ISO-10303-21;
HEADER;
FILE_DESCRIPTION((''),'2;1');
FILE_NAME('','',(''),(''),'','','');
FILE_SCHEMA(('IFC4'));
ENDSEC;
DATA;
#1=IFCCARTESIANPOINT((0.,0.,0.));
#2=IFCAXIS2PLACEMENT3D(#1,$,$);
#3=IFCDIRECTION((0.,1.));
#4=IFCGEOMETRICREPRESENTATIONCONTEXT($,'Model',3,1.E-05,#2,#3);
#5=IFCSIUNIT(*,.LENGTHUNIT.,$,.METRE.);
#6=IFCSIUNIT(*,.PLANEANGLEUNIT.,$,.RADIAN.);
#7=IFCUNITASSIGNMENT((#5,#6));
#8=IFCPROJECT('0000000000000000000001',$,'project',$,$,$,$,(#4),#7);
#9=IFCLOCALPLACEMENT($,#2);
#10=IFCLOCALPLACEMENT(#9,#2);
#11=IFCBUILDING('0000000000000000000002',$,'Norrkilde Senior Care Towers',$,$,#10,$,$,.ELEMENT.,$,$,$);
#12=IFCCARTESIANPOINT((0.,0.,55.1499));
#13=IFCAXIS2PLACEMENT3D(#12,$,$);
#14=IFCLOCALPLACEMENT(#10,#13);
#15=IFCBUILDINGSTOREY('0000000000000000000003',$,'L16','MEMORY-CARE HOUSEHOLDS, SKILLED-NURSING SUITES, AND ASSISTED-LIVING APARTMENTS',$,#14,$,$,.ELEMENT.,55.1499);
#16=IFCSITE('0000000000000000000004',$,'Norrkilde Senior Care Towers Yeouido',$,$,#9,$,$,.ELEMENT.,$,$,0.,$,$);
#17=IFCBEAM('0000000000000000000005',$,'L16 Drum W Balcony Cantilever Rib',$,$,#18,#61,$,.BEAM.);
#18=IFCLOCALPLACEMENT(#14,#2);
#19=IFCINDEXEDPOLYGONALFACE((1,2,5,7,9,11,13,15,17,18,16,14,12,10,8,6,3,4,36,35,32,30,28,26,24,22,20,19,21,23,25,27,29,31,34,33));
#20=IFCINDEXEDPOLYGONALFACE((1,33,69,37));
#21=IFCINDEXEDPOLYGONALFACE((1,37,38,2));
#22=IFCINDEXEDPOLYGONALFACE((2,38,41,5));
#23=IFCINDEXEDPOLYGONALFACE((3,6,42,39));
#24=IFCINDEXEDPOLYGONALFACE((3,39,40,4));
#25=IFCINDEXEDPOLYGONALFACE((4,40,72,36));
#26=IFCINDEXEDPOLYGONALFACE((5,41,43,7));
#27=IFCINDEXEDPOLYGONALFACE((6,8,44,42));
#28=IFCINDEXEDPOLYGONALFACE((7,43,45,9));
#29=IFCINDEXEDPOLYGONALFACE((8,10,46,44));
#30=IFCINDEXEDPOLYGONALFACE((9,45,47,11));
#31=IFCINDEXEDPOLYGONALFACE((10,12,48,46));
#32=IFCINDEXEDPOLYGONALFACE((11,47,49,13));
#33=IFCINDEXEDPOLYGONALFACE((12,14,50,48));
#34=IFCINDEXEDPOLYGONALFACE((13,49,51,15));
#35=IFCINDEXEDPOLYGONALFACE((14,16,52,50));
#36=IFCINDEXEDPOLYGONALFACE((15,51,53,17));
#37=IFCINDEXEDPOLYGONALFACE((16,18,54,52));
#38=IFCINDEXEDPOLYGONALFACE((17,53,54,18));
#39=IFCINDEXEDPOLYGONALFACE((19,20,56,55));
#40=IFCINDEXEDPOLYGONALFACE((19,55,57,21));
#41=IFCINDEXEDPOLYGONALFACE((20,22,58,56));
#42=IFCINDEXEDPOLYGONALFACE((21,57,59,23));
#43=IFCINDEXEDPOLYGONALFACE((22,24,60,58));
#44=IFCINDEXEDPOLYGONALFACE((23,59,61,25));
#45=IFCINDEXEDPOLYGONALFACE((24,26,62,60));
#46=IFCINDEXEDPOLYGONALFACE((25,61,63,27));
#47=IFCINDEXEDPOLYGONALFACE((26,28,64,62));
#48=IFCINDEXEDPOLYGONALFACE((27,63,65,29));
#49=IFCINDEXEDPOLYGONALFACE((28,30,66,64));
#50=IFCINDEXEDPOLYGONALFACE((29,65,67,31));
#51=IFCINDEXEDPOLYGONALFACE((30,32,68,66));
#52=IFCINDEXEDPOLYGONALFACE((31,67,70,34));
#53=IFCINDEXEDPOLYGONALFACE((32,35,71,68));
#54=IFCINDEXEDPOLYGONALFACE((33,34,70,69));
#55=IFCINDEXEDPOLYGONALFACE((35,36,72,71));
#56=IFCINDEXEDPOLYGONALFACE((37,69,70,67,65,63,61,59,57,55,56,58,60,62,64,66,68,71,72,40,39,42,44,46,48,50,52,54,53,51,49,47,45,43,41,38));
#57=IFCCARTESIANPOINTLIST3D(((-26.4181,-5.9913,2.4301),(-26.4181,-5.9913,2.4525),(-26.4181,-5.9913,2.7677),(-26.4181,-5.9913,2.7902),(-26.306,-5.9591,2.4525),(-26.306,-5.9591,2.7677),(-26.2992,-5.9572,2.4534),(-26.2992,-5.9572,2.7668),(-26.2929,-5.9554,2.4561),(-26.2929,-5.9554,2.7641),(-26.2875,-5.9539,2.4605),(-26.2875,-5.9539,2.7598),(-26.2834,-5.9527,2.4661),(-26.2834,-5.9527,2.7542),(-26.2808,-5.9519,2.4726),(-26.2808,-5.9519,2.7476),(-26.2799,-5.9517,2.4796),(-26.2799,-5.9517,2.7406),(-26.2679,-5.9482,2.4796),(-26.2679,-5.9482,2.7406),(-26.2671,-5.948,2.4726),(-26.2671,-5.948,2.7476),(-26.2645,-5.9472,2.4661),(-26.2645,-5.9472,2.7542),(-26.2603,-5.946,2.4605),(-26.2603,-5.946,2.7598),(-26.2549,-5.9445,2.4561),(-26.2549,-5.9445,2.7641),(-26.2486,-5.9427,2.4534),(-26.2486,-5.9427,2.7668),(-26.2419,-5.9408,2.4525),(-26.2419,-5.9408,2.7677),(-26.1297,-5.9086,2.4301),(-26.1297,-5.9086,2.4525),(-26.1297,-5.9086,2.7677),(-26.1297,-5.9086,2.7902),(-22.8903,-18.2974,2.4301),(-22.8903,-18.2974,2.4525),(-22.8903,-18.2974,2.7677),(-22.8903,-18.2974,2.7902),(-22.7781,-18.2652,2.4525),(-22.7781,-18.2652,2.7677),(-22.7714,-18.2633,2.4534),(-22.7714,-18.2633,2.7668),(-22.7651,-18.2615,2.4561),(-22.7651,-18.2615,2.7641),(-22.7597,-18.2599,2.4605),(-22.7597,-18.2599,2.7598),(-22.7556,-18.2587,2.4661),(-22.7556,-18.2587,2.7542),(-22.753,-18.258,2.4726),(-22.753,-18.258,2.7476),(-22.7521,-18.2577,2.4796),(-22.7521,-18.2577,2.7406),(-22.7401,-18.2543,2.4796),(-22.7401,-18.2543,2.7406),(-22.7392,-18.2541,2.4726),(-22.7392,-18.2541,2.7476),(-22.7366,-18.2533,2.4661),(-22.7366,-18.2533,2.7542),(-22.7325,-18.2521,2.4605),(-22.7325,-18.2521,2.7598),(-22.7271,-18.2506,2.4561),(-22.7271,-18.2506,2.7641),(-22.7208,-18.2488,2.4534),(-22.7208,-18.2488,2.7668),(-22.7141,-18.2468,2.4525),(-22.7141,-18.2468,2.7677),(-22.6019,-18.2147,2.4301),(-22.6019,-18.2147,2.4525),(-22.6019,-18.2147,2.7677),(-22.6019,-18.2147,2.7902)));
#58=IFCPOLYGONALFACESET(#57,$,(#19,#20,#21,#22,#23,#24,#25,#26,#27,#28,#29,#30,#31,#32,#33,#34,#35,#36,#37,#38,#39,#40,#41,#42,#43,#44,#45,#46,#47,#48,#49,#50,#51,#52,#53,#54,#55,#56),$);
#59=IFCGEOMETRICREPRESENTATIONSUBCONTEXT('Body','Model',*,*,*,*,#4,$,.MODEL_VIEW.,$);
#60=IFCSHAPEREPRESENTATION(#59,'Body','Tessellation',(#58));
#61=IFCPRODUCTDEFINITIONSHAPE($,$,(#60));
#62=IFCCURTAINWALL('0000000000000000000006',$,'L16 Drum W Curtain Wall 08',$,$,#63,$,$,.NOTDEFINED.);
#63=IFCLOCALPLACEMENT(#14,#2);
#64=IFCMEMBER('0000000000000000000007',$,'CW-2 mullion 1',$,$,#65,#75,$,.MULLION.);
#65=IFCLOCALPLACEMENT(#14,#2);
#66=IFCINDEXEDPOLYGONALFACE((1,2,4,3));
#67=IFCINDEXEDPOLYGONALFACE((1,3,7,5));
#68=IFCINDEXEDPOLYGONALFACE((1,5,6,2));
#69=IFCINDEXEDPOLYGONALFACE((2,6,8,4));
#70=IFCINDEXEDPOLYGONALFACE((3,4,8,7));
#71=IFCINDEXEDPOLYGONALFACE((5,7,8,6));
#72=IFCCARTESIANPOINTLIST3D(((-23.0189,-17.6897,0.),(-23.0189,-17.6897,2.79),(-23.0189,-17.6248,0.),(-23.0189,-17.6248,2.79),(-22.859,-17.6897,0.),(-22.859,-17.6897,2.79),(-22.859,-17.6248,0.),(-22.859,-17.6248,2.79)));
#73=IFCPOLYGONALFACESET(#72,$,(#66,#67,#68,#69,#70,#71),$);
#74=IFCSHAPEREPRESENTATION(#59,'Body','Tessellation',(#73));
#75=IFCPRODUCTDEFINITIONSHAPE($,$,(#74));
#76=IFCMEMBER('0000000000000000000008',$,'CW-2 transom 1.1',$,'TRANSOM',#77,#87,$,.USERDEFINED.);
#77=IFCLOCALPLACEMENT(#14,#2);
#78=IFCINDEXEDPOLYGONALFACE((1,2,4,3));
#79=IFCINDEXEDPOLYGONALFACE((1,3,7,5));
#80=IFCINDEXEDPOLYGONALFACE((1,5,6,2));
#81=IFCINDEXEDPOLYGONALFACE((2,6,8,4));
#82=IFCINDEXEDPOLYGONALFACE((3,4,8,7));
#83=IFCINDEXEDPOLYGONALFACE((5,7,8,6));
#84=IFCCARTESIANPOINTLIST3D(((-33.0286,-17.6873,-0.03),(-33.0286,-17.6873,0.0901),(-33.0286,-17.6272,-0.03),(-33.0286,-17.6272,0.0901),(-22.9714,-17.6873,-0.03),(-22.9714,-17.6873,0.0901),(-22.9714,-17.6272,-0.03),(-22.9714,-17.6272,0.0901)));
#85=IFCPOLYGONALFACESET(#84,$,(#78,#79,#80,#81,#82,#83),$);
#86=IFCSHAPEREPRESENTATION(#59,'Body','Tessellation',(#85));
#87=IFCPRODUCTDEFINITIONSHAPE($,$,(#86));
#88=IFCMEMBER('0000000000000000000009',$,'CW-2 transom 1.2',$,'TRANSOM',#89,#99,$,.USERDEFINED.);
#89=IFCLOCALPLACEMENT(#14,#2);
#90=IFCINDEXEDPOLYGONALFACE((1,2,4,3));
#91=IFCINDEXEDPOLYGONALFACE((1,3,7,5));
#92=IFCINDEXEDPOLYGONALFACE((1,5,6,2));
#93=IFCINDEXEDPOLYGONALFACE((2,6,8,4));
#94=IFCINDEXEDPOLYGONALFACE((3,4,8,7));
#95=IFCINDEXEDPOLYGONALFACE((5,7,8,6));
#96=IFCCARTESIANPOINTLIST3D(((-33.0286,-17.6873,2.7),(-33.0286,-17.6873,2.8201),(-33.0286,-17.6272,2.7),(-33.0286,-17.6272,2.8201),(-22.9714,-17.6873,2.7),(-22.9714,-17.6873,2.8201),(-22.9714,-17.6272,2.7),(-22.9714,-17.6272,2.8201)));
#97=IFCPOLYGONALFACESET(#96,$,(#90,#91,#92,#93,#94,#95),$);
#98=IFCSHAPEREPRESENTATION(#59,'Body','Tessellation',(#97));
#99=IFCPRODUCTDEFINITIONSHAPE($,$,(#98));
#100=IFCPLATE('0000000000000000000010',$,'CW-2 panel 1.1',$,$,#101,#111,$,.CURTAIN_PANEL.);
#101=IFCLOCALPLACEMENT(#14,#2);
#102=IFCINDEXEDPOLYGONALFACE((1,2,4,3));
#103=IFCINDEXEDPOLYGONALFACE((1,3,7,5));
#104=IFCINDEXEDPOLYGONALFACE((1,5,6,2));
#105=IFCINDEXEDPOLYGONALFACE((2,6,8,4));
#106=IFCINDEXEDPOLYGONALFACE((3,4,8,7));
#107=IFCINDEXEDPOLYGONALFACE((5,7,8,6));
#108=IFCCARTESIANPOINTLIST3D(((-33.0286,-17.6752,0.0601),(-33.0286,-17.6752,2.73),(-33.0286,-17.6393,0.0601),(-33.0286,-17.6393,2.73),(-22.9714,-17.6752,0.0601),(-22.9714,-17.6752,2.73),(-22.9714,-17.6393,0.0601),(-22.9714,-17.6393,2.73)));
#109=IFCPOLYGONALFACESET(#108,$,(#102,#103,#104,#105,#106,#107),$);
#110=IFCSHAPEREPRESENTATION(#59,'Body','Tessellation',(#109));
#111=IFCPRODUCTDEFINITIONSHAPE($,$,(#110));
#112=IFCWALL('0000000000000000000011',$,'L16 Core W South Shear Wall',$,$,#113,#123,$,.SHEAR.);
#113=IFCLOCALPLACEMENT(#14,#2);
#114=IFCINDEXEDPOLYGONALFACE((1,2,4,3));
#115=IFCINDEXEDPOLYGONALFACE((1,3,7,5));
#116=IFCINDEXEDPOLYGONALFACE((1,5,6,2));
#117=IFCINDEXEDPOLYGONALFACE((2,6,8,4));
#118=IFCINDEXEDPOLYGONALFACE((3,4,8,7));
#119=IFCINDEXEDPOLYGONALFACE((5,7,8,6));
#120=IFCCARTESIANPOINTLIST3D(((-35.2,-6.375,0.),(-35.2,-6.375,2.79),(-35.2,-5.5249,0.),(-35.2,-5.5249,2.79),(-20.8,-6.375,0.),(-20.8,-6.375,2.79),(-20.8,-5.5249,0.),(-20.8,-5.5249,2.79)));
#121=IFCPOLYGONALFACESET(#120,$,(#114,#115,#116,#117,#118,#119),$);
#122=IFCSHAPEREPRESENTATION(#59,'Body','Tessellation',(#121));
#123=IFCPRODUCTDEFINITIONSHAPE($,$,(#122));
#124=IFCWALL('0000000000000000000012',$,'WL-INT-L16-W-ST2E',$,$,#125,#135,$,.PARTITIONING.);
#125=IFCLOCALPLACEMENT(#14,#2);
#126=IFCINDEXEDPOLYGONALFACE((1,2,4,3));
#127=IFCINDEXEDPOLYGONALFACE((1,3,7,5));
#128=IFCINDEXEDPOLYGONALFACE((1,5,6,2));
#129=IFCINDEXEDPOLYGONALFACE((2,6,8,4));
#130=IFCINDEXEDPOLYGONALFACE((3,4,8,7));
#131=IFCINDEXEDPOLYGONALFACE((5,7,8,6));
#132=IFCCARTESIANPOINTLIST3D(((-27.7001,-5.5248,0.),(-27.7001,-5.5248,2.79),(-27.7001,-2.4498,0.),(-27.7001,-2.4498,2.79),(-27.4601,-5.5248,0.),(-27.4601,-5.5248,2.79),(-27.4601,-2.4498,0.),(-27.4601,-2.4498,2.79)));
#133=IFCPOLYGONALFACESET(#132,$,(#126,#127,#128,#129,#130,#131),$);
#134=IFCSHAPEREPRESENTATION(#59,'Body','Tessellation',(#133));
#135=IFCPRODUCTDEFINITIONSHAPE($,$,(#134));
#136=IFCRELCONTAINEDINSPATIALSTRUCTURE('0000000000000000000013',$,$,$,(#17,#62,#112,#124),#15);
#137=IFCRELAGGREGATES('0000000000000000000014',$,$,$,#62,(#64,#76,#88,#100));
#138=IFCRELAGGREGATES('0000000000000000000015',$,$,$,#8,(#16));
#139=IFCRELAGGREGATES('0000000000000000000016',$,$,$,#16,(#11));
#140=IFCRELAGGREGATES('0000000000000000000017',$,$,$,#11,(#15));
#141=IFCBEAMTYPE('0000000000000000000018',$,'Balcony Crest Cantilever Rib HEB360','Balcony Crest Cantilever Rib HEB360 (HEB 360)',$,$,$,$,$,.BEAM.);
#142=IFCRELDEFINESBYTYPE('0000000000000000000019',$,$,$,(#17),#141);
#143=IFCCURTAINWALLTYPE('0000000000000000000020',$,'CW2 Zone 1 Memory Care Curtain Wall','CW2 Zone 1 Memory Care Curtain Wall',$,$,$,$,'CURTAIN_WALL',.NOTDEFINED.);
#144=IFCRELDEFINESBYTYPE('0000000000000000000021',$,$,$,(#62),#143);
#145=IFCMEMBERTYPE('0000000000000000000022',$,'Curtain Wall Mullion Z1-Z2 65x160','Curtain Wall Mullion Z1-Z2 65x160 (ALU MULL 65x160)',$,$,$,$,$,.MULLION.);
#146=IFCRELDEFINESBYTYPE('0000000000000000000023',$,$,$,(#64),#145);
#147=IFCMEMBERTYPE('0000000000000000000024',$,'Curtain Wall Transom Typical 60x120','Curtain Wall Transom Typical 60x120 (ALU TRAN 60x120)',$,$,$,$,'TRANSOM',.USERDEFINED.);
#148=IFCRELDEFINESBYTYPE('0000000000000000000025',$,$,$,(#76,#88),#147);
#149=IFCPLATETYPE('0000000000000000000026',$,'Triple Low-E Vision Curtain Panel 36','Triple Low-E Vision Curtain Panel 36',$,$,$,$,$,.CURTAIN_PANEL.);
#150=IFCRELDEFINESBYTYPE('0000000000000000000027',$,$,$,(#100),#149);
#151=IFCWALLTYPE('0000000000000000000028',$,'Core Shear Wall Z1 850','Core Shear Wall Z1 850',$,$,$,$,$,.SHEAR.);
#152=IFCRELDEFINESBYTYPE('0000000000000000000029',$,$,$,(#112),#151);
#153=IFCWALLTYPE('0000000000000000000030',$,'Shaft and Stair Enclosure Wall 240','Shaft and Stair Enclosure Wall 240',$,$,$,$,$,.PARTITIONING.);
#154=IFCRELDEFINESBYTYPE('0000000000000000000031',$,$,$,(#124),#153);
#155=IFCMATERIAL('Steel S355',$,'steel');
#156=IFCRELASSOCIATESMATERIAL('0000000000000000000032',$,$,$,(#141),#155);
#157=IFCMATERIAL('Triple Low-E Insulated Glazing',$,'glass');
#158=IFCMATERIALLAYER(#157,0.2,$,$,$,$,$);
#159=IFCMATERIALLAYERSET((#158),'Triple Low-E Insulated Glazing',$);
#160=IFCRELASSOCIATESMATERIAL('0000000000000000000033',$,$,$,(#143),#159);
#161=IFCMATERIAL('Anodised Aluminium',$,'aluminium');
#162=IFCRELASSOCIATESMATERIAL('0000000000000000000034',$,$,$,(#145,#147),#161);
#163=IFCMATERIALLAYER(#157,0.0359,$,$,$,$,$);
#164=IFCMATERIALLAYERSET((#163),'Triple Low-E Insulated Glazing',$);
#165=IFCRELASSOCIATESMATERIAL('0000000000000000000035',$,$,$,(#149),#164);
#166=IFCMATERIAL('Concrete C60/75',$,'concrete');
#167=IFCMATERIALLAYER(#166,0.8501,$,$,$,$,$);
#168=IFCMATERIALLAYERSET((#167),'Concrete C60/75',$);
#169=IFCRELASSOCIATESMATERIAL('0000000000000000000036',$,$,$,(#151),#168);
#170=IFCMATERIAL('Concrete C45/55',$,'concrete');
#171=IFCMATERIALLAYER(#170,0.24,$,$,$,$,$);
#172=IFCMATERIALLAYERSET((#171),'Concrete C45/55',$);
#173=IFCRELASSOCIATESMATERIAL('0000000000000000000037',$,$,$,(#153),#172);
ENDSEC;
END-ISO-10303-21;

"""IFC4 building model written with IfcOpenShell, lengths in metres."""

from ifc_helpers import new_model, si_unit, direction, frame, frame_2d, origin, origin_2d, place, context, subcontext, project, spatial, rectangle, i_section, extrude, source, transform, mapped, material, layer, layer_set, material_profile, profile_set, type_object, type_shapes, element, aggregate, save


model = new_model("IFC4")

# Units and contexts
model_context = context("Model", 3, precision=1e-05, world=origin(), true_north=direction((0.0, 1.0)))
body_context = subcontext(model_context, "Body", "Model", "MODEL_VIEW")
ifc_project = project(units=[si_unit("LENGTHUNIT", "METRE"), si_unit("PLANEANGLEUNIT", "RADIAN")], contexts=[model_context])

# Site, building, storey
site_placement = place(None, origin())
site = spatial("IfcSite", under=ifc_project, at=site_placement, Name="Norrkilde Senior Care Towers Yeouido", CompositionType="ELEMENT", RefElevation=0.0)
building_placement = place(site_placement, origin())
building = spatial("IfcBuilding", under=site, at=building_placement, Name="Norrkilde Senior Care Towers", CompositionType="ELEMENT")
storey_placement = place(building_placement, frame((0.0, 0.0, 55.1499)))
storey = spatial("IfcBuildingStorey", under=building, at=storey_placement, Name="L16", Description="MEMORY-CARE HOUSEHOLDS, SKILLED-NURSING SUITES, AND ASSISTED-LIVING APARTMENTS", CompositionType="ELEMENT", Elevation=55.1499)

# Shared definitions
ifc_material_1 = material(Name="Concrete C60/75", Category="concrete")

# Beam
ifc_material_2 = material(Name="Steel S355", Category="steel")
ifc_material_profile_1 = material_profile(ifc_material_2, i_section(OverallWidth=0.3, OverallDepth=0.3601, WebThickness=0.0125, FlangeThickness=0.0225, FilletRadius=0.0271, at=origin_2d()), Name="HEB 360")
ifc_profile_set_1 = profile_set([ifc_material_profile_1], Name="Steel S355")
beam_type_1 = type_object("IfcBeamType", Name="Balcony Crest Cantilever Rib HEB360", Description="Balcony Crest Cantilever Rib HEB360 (HEB 360)", PredefinedType="BEAM", material=ifc_profile_set_1)
shared_shape_1 = source(origin(), body_context, "Body", "SweptSolid", [
    extrude(i_section(OverallWidth=0.3, OverallDepth=0.3601, WebThickness=0.0125, FlangeThickness=0.0225, FilletRadius=0.0271, at=origin_2d()), origin(), (0.0, 0.0, 1.0), 12.8018),
])
type_shapes(beam_type_1, [shared_shape_1])
beam_1_placement = place(storey_placement, frame((-26.2739, -5.95, 2.6101), z_axis=(0.275572, -0.96128, 0.0), x_axis=(0.96128, 0.275572, 0.0)))
element("IfcBeam", 1, at=beam_1_placement, inside=storey, type_object=beam_type_1, Name="L16 Drum W Balcony Cantilever Rib", PredefinedType="BEAM", context=body_context, shape_type="MappedRepresentation", body=[
    mapped(shared_shape_1, transform((0.0, 0.0, 0.0), x_axis=(1.0, 0.0, 0.0), y_axis=(0.0, 1.0, 0.0), z_axis=(0.0, 0.0, 1.0), scale=1.0)),
])

# Curtain wall, members, plate
ifc_material_3 = material(Name="Triple Low-E Insulated Glazing", Category="glass")
ifc_layer_1 = layer(ifc_material_3, 0.2)
ifc_layer_set_1 = layer_set([ifc_layer_1], Name="Triple Low-E Insulated Glazing")
curtain_wall_type = type_object("IfcCurtainWallType", Name="CW2 Zone 1 Memory Care Curtain Wall", Description="CW2 Zone 1 Memory Care Curtain Wall", ElementType="CURTAIN_WALL", PredefinedType="NOTDEFINED", material=ifc_layer_set_1)
curtain_wall_placement = place(storey_placement, origin())
curtain_wall = element("IfcCurtainWall", 2, at=curtain_wall_placement, inside=storey, type_object=curtain_wall_type, Name="L16 Drum W Curtain Wall 08", PredefinedType="NOTDEFINED")
ifc_material_4 = material(Name="Anodised Aluminium", Category="aluminium")
ifc_material_profile_2 = material_profile(ifc_material_4, rectangle(XDim=0.0649, YDim=0.1599, at=origin_2d()), Name="ALU MULL 65x160")
ifc_profile_set_2 = profile_set([ifc_material_profile_2], Name="Anodised Aluminium")
member_type_1 = type_object("IfcMemberType", Name="Curtain Wall Mullion Z1-Z2 65x160", Description="Curtain Wall Mullion Z1-Z2 65x160 (ALU MULL 65x160)", PredefinedType="MULLION", material=ifc_profile_set_2)
shared_shape_2 = source(origin(), body_context, "Body", "SweptSolid", [
    extrude(rectangle(XDim=0.0649, YDim=0.1599, at=origin_2d()), origin(), (0.0, 0.0, 1.0), 2.79),
])
type_shapes(member_type_1, [shared_shape_2])
member_1_placement = place(storey_placement, frame((-22.939, -17.6572, 0.0), z_axis=(0.0, 0.0, 1.0), x_axis=(0.0, -1.0, 0.0)))
member_1 = element("IfcMember", 3, at=member_1_placement, type_object=member_type_1, Name="CW-2 mullion 1", PredefinedType="MULLION", context=body_context, shape_type="MappedRepresentation", body=[
    mapped(shared_shape_2, transform((0.0, 0.0, 0.0), x_axis=(1.0, 0.0, 0.0), y_axis=(0.0, 1.0, 0.0), z_axis=(0.0, 0.0, 1.0), scale=1.0)),
])
ifc_material_profile_3 = material_profile(ifc_material_4, rectangle(XDim=0.0601, YDim=0.1201, at=origin_2d()), Name="ALU TRAN 60x120")
ifc_profile_set_3 = profile_set([ifc_material_profile_3], Name="Anodised Aluminium")
member_type_2 = type_object("IfcMemberType", Name="Curtain Wall Transom Typical 60x120", Description="Curtain Wall Transom Typical 60x120 (ALU TRAN 60x120)", ElementType="TRANSOM", PredefinedType="USERDEFINED", material=ifc_profile_set_3)
shared_shape_3 = source(origin(), body_context, "Body", "SweptSolid", [
    extrude(rectangle(XDim=0.0601, YDim=0.1201, at=origin_2d()), origin(), (0.0, 0.0, 1.0), 10.0571),
])
type_shapes(member_type_2, [shared_shape_3])
member_2_placement = place(storey_placement, frame((-22.9714, -17.6572, 0.03), z_axis=(-1.0, 0.0, 0.0), x_axis=(0.0, -1.0, 0.0)))
member_2 = element("IfcMember", 4, at=member_2_placement, type_object=member_type_2, Name="CW-2 transom 1.1", ObjectType="TRANSOM", PredefinedType="USERDEFINED", context=body_context, shape_type="MappedRepresentation", body=[
    mapped(shared_shape_3, transform((0.0, 0.0, 0.0), x_axis=(1.0, 0.0, 0.0), y_axis=(0.0, 1.0, 0.0), z_axis=(0.0, 0.0, 1.0), scale=1.0)),
])
member_3_placement = place(storey_placement, frame((-22.9714, -17.6572, 2.76), z_axis=(-1.0, 0.0, 0.0), x_axis=(0.0, -1.0, 0.0)))
member_3 = element("IfcMember", 5, at=member_3_placement, type_object=member_type_2, Name="CW-2 transom 1.2", ObjectType="TRANSOM", PredefinedType="USERDEFINED", context=body_context, shape_type="MappedRepresentation", body=[
    mapped(shared_shape_3, transform((0.0, 0.0, 0.0), x_axis=(1.0, 0.0, 0.0), y_axis=(0.0, 1.0, 0.0), z_axis=(0.0, 0.0, 1.0), scale=1.0)),
])
ifc_layer_2 = layer(ifc_material_3, 0.0359)
ifc_layer_set_2 = layer_set([ifc_layer_2], Name="Triple Low-E Insulated Glazing")
plate_type = type_object("IfcPlateType", Name="Triple Low-E Vision Curtain Panel 36", Description="Triple Low-E Vision Curtain Panel 36", PredefinedType="CURTAIN_PANEL", material=ifc_layer_set_2)
shared_shape_4 = source(origin(), body_context, "Body", "SweptSolid", [
    extrude(rectangle(XDim=10.0571, YDim=0.0359, at=origin_2d()), origin(), (0.0, 0.0, 1.0), 2.6699),
])
type_shapes(plate_type, [shared_shape_4])
plate_placement = place(storey_placement, frame((-28.0, -17.6572, 0.0601), z_axis=(0.0, 0.0, 1.0), x_axis=(-1.0, 0.0, 0.0)))
plate = element("IfcPlate", 6, at=plate_placement, type_object=plate_type, Name="CW-2 panel 1.1", PredefinedType="CURTAIN_PANEL", context=body_context, shape_type="MappedRepresentation", body=[
    mapped(shared_shape_4, transform((0.0, 0.0, 0.0), x_axis=(1.0, 0.0, 0.0), y_axis=(0.0, 1.0, 0.0), z_axis=(0.0, 0.0, 1.0), scale=1.0)),
])
aggregate(curtain_wall, [member_1, member_2, member_3, plate])

# Walls
ifc_layer_3 = layer(ifc_material_1, 0.8501)
ifc_layer_set_3 = layer_set([ifc_layer_3], Name="Concrete C60/75")
wall_type_1 = type_object("IfcWallType", Name="Core Shear Wall Z1 850", Description="Core Shear Wall Z1 850", PredefinedType="SHEAR", material=ifc_layer_set_3)
shared_shape_5 = source(origin(), body_context, "Body", "SweptSolid", [
    extrude(rectangle(XDim=14.3999, YDim=0.8501, at=frame_2d((7.2, 0.0))), origin(), (0.0, 0.0, 1.0), 2.79),
])
type_shapes(wall_type_1, [shared_shape_5])
wall_1_placement = place(storey_placement, frame((-20.8, -5.95, 0.0), z_axis=(0.0, 0.0, 1.0), x_axis=(-1.0, 0.0, 0.0)))
element("IfcWall", 7, at=wall_1_placement, inside=storey, type_object=wall_type_1, Name="L16 Core W South Shear Wall", PredefinedType="SHEAR", context=body_context, shape_type="MappedRepresentation", body=[
    mapped(shared_shape_5, transform((0.0, 0.0, 0.0), x_axis=(1.0, 0.0, 0.0), y_axis=(0.0, 1.0, 0.0), z_axis=(0.0, 0.0, 1.0), scale=1.0)),
])
ifc_material_5 = material(Name="Concrete C45/55", Category="concrete")
ifc_layer_4 = layer(ifc_material_5, 0.24)
ifc_layer_set_4 = layer_set([ifc_layer_4], Name="Concrete C45/55")
wall_type_2 = type_object("IfcWallType", Name="Shaft and Stair Enclosure Wall 240", Description="Shaft and Stair Enclosure Wall 240", PredefinedType="PARTITIONING", material=ifc_layer_set_4)
shared_shape_6 = source(origin(), body_context, "Body", "SweptSolid", [
    extrude(rectangle(XDim=3.075, YDim=0.24, at=frame_2d((1.5376, 0.0))), origin(), (0.0, 0.0, 1.0), 2.79),
])
type_shapes(wall_type_2, [shared_shape_6])
wall_2_placement = place(storey_placement, frame((-27.5801, -5.5249, 0.0), z_axis=(0.0, 0.0, 1.0), x_axis=(0.0, 1.0, 0.0)))
element("IfcWall", 8, at=wall_2_placement, inside=storey, type_object=wall_type_2, Name="WL-INT-L16-W-ST2E", PredefinedType="PARTITIONING", context=body_context, shape_type="MappedRepresentation", body=[
    mapped(shared_shape_6, transform((0.0, 0.0, 0.0), x_axis=(1.0, 0.0, 0.0), y_axis=(0.0, 1.0, 0.0), z_axis=(0.0, 0.0, 1.0), scale=1.0)),
])

save(model, "model.ifc")
